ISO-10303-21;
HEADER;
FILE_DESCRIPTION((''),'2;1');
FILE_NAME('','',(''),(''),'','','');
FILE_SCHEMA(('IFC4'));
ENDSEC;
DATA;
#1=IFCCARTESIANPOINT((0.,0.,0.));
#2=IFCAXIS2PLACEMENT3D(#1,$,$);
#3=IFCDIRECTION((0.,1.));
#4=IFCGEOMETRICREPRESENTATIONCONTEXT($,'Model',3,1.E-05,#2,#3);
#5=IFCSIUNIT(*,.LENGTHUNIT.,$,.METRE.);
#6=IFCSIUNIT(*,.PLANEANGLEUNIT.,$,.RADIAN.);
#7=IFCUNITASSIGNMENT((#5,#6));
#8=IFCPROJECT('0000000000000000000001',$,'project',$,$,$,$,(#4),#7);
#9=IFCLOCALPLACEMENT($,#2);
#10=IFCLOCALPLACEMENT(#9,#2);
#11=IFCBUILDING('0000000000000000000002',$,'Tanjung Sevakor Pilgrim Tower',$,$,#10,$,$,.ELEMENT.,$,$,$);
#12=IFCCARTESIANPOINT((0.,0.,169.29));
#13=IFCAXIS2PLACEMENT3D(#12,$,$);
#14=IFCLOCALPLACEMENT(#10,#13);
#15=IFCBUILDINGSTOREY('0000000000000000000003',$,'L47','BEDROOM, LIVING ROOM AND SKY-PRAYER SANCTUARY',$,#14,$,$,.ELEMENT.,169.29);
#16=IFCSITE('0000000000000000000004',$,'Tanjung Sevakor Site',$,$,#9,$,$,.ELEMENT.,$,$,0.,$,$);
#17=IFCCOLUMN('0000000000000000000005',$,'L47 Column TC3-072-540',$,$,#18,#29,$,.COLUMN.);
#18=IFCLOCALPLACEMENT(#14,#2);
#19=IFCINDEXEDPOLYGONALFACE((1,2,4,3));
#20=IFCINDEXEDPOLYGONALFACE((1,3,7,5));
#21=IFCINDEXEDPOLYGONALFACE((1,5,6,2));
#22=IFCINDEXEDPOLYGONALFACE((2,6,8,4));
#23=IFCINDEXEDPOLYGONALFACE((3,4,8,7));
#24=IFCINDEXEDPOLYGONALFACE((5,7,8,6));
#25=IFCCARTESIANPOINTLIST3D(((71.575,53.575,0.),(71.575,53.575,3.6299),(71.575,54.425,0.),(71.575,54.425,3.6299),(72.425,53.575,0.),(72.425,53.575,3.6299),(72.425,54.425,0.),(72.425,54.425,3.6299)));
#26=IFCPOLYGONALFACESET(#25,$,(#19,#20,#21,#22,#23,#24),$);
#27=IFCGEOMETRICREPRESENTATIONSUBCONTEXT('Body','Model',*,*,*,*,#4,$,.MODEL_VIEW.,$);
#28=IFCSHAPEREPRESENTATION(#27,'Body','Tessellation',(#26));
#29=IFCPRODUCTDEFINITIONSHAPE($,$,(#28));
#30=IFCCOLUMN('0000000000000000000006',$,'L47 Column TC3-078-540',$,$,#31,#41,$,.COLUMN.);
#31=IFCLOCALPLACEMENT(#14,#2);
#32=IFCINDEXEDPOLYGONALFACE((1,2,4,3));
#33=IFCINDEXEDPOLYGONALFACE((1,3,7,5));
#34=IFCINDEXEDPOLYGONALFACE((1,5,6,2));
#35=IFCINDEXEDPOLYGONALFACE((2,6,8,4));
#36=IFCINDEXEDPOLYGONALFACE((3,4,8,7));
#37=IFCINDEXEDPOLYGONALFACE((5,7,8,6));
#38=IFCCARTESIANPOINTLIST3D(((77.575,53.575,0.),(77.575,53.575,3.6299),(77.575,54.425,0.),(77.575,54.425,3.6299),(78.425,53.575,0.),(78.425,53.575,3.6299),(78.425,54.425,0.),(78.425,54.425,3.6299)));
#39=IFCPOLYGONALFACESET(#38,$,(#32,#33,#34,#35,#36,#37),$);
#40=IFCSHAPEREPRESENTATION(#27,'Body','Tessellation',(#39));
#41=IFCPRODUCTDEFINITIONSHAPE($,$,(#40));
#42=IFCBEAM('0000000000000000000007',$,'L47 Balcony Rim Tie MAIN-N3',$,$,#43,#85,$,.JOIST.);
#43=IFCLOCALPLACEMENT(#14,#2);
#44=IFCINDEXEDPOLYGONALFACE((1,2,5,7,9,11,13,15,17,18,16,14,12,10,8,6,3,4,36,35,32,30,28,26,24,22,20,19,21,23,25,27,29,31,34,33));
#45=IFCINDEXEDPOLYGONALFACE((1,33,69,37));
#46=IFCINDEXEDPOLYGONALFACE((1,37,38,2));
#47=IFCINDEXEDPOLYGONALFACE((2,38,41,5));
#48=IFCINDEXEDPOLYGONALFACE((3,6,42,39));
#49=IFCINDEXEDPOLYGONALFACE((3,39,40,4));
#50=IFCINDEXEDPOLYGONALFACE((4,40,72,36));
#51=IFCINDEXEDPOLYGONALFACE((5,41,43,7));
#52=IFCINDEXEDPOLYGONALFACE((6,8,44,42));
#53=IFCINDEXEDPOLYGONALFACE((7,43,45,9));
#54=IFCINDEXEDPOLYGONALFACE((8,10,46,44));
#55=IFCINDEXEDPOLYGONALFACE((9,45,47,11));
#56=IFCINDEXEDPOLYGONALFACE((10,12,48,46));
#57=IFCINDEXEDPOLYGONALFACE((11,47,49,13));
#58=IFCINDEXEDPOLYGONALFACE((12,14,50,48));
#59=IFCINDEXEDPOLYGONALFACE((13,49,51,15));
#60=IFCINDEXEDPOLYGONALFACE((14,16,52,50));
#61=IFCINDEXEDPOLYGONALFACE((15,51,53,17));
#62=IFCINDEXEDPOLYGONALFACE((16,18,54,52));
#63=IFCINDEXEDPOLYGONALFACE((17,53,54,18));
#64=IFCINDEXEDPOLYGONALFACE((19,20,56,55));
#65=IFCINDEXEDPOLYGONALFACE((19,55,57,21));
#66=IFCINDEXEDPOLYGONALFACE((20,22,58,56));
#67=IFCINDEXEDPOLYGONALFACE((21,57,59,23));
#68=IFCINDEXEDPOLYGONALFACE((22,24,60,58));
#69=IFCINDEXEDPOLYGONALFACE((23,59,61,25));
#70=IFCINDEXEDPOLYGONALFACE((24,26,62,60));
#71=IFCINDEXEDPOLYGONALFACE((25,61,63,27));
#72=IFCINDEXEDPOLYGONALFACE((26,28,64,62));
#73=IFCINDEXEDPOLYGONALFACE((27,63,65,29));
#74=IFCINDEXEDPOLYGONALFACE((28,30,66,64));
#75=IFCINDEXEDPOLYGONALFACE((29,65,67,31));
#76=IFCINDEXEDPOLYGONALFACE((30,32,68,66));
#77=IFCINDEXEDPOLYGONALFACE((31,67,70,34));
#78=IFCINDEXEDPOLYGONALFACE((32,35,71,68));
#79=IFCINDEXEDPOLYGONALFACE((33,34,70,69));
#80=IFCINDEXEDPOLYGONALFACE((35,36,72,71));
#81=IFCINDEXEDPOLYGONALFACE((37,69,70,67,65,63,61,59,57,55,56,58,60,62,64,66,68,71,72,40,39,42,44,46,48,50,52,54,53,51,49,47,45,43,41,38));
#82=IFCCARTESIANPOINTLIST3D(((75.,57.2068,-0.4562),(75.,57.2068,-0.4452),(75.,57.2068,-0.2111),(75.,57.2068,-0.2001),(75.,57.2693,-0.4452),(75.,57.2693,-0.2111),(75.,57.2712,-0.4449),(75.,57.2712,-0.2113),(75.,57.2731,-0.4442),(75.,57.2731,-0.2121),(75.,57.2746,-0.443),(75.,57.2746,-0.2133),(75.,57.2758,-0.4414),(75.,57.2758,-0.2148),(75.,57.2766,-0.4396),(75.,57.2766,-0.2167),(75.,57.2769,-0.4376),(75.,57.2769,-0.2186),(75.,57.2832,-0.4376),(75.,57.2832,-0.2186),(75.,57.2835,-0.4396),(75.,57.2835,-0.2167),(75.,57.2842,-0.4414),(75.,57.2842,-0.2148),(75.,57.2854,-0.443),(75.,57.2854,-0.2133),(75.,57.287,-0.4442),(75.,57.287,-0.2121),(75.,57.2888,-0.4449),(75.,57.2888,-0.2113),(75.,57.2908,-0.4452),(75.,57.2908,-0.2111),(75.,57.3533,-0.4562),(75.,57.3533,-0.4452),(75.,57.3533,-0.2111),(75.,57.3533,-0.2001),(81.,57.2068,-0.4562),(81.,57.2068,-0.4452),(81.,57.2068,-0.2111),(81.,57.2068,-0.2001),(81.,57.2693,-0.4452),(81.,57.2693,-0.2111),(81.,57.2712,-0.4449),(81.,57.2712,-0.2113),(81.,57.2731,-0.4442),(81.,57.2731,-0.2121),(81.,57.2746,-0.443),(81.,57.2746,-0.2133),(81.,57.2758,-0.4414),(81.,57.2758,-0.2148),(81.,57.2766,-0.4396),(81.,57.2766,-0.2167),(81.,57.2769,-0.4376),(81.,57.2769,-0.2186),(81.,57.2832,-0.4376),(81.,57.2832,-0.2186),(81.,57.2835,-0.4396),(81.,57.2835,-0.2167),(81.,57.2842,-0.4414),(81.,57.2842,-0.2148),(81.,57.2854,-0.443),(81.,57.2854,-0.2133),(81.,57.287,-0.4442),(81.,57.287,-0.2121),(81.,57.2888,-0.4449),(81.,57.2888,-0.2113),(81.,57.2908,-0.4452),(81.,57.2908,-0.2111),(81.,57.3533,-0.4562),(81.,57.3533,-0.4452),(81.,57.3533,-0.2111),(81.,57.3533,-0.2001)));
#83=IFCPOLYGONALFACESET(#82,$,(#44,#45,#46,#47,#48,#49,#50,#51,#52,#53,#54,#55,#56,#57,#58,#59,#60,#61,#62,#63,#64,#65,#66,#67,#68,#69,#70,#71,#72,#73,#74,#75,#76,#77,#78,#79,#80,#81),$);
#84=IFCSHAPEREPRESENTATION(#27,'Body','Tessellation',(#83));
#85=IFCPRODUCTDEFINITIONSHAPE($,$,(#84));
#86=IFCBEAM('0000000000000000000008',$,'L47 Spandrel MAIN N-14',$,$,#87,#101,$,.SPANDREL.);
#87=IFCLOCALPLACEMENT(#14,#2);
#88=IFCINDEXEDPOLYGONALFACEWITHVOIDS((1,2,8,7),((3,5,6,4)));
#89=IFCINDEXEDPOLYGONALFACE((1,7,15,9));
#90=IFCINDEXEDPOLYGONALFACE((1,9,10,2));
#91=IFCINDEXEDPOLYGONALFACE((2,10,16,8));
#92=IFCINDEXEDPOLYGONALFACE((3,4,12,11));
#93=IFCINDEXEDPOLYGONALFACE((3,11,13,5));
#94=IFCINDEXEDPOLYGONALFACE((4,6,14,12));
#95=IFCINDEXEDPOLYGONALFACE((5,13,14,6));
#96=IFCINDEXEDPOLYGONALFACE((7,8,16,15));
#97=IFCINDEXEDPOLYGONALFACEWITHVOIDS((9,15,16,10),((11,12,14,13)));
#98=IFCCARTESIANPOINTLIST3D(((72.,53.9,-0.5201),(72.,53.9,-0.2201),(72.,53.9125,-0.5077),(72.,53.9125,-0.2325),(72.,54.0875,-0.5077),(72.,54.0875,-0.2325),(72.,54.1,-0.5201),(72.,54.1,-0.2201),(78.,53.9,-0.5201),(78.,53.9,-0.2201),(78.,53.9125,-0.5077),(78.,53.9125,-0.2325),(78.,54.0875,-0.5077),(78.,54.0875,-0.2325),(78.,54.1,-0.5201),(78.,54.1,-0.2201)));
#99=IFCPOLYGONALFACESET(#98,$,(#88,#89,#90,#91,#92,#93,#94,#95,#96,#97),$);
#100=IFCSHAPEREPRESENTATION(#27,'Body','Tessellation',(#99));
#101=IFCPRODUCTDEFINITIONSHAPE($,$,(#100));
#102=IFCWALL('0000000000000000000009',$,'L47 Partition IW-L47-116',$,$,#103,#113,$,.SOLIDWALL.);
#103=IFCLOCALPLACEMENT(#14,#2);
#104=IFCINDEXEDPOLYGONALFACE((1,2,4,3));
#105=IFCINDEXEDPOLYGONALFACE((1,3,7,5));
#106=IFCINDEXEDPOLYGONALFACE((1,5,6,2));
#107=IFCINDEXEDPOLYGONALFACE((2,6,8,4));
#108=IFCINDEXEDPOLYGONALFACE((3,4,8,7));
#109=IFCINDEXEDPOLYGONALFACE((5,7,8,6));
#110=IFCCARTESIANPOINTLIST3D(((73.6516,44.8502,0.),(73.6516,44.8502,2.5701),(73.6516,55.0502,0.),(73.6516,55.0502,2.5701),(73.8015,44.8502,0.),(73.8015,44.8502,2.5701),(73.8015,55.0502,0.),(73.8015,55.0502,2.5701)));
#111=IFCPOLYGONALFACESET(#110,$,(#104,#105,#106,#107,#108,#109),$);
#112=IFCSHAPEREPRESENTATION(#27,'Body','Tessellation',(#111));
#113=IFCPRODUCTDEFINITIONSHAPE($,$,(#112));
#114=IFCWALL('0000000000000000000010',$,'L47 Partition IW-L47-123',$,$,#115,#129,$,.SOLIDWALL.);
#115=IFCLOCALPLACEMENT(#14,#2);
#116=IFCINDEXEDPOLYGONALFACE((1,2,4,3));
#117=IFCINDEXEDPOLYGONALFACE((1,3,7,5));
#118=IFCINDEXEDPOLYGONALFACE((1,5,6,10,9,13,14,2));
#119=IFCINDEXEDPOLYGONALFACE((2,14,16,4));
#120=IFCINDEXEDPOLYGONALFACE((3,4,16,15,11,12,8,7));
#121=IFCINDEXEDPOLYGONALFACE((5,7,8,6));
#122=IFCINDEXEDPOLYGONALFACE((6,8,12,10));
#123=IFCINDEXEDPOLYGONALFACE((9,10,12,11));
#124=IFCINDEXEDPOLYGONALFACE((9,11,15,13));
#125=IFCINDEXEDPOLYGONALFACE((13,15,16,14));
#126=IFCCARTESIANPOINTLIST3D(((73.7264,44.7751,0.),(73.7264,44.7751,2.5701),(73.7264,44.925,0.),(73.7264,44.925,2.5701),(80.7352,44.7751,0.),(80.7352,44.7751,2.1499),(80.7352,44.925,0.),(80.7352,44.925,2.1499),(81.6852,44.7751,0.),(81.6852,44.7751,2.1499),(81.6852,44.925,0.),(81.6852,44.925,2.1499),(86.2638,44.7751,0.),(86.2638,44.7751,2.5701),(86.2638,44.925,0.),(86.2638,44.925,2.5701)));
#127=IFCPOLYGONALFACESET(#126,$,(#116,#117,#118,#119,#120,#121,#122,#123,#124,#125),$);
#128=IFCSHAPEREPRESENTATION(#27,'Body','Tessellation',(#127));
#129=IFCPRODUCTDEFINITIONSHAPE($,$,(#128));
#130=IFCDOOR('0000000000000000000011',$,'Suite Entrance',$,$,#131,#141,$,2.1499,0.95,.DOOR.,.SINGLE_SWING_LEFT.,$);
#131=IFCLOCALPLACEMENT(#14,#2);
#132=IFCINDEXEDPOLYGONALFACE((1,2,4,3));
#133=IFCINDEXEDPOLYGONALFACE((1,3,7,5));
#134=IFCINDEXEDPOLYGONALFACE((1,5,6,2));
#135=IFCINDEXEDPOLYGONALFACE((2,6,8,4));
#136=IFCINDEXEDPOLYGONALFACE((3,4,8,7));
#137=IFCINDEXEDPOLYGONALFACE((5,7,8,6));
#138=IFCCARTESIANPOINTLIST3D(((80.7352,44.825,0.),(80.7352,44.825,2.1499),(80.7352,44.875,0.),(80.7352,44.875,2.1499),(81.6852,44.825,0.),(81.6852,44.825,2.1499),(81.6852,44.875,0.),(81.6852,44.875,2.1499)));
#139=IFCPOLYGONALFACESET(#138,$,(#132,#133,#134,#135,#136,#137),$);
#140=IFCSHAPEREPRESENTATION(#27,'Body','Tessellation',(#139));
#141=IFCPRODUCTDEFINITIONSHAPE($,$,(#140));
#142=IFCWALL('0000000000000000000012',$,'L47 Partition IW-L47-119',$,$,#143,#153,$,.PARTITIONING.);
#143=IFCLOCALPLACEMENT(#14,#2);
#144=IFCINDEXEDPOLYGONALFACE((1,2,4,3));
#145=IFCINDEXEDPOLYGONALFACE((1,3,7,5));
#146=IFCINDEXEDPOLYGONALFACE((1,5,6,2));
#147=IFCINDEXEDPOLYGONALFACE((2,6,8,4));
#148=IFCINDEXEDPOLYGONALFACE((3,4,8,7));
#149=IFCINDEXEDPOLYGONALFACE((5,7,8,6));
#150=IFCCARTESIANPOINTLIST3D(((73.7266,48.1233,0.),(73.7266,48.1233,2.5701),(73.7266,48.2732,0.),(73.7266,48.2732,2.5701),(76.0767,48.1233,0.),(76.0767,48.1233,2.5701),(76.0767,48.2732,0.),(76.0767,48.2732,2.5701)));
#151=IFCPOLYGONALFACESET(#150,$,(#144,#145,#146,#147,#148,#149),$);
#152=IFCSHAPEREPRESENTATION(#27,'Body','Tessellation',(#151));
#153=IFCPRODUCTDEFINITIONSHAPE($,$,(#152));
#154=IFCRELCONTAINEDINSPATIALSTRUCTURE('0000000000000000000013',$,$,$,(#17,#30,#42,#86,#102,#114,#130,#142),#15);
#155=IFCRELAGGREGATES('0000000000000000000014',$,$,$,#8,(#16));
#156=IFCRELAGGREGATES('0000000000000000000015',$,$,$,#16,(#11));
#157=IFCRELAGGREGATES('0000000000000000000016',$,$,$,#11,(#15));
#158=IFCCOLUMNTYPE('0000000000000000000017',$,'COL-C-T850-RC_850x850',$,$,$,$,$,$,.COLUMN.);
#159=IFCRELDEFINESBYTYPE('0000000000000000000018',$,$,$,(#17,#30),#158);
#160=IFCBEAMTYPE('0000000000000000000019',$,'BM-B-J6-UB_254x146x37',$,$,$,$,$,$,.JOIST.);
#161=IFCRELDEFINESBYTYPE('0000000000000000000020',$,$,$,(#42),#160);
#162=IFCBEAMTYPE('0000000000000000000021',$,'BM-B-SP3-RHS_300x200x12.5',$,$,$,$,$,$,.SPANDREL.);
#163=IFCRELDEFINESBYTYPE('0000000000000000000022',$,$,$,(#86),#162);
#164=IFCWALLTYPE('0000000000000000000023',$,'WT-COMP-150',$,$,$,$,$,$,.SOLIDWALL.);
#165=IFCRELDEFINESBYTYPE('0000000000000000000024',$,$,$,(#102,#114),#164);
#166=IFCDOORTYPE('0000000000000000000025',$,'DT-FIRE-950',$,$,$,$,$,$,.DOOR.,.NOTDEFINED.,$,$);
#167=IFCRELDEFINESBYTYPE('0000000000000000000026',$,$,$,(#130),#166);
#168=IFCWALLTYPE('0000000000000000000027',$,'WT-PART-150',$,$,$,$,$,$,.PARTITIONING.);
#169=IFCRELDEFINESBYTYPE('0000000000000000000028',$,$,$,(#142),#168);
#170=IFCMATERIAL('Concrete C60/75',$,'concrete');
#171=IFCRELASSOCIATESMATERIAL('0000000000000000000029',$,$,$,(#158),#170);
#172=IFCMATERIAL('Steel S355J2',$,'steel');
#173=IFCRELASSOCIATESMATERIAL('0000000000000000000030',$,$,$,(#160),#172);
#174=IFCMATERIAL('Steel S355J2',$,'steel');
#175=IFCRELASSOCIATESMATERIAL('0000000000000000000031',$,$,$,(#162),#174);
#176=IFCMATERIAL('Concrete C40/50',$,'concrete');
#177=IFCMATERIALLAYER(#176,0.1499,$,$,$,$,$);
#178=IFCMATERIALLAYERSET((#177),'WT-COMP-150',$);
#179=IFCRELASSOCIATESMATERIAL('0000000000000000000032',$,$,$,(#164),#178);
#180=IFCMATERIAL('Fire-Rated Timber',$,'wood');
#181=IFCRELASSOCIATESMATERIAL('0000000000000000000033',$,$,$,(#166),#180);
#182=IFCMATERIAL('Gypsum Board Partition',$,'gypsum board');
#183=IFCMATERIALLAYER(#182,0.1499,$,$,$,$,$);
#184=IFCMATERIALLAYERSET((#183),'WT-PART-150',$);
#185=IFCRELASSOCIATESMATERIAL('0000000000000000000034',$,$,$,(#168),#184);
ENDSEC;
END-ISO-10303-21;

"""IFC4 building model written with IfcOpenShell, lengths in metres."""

from ifc_helpers import new_model, si_unit, direction, frame, frame_2d, origin, origin_2d, place, context, subcontext, project, spatial, rectangle, hollow_rectangle, i_section, extrude, material, layer, layer_set, material_profile, profile_set, type_object, element, fill, save


model = new_model("IFC4")

# Units and contexts
model_context = context("Model", 3, precision=1e-05, world=origin(), true_north=direction((0.0, 1.0)))
body_context = subcontext(model_context, "Body", "Model", "MODEL_VIEW")
ifc_project = project(units=[si_unit("LENGTHUNIT", "METRE"), si_unit("PLANEANGLEUNIT", "RADIAN")], contexts=[model_context])

# Site, building, storey
site_placement = place(None, origin())
site = spatial("IfcSite", under=ifc_project, at=site_placement, Name="Tanjung Sevakor Site", CompositionType="ELEMENT", RefElevation=0.0)
building_placement = place(site_placement, origin())
building = spatial("IfcBuilding", under=site, at=building_placement, Name="Tanjung Sevakor Pilgrim Tower", CompositionType="ELEMENT")
storey_placement = place(building_placement, frame((0.0, 0.0, 169.29)))
storey = spatial("IfcBuildingStorey", under=building, at=storey_placement, Name="L47", Description="BEDROOM, LIVING ROOM AND SKY-PRAYER SANCTUARY", CompositionType="ELEMENT", Elevation=169.29)

# Columns
ifc_material_1 = material(Name="Concrete C60/75", Category="concrete")
ifc_material_profile_1 = material_profile(ifc_material_1, rectangle(XDim=0.8501, YDim=0.8501, at=origin_2d()))
ifc_profile_set_1 = profile_set([ifc_material_profile_1], Name="Concrete C60/75")
column_type = type_object("IfcColumnType", Name="COL-C-T850-RC_850x850", PredefinedType="COLUMN", material=ifc_profile_set_1)
for number, where, z_axis, x_axis, name in (
    (1, (72.0, 54.0, 0.0), (0.0, 0.0, 1.0), (1.0, 0.0, 0.0), "L47 Column TC3-072-540"),
    (2, (78.0, 54.0, 0.0), (0.0, 0.0, 1.0), (1.0, 0.0, 0.0), "L47 Column TC3-078-540"),
):
    element("IfcColumn", number, at=place(storey_placement, frame(where, z_axis=z_axis, x_axis=x_axis)), inside=storey, type_object=column_type, Name=name, PredefinedType="COLUMN", context=body_context, shape_type="SweptSolid", body=[
        extrude(rectangle(XDim=0.8501, YDim=0.8501, at=origin_2d()), origin(), (0.0, 0.0, 1.0), 3.6299),
    ])

# Beams
ifc_material_2 = material(Name="Steel S355J2", Category="steel")
ifc_material_profile_2 = material_profile(ifc_material_2, i_section(OverallWidth=0.1465, OverallDepth=0.2561, WebThickness=0.0063, FlangeThickness=0.011, FilletRadius=0.0076, at=origin_2d()))
ifc_profile_set_2 = profile_set([ifc_material_profile_2], Name="Steel S355J2")
beam_type_1 = type_object("IfcBeamType", Name="BM-B-J6-UB_254x146x37", PredefinedType="JOIST", material=ifc_profile_set_2)
beam_1_placement = place(storey_placement, frame((75.0, 57.28, -0.3281), z_axis=(1.0, 0.0, 0.0), x_axis=(0.0, 1.0, 0.0)))
element("IfcBeam", 3, at=beam_1_placement, inside=storey, type_object=beam_type_1, Name="L47 Balcony Rim Tie MAIN-N3", PredefinedType="JOIST", context=body_context, shape_type="SweptSolid", body=[
    extrude(i_section(OverallWidth=0.1465, OverallDepth=0.2561, WebThickness=0.0063, FlangeThickness=0.011, FilletRadius=0.0076, at=origin_2d()), origin(), (0.0, 0.0, 1.0), 6.0),
])
ifc_material_3 = material(Name="Steel S355J2", Category="steel")
ifc_material_profile_3 = material_profile(ifc_material_3, hollow_rectangle(XDim=0.2, YDim=0.3, WallThickness=0.0125, at=origin_2d()))
ifc_profile_set_3 = profile_set([ifc_material_profile_3], Name="Steel S355J2")
beam_type_2 = type_object("IfcBeamType", Name="BM-B-SP3-RHS_300x200x12.5", PredefinedType="SPANDREL", material=ifc_profile_set_3)
beam_2_placement = place(storey_placement, frame((72.0, 54.0, -0.3701), z_axis=(1.0, 0.0, 0.0), x_axis=(0.0, 1.0, 0.0)))
element("IfcBeam", 4, at=beam_2_placement, inside=storey, type_object=beam_type_2, Name="L47 Spandrel MAIN N-14", PredefinedType="SPANDREL", context=body_context, shape_type="SweptSolid", body=[
    extrude(hollow_rectangle(XDim=0.2, YDim=0.3, WallThickness=0.0125, at=origin_2d()), origin(), (0.0, 0.0, 1.0), 6.0),
])

# Wall
ifc_material_4 = material(Name="Concrete C40/50", Category="concrete")
ifc_layer_1 = layer(ifc_material_4, 0.1499)
ifc_layer_set_1 = layer_set([ifc_layer_1], Name="WT-COMP-150")
wall_type_1 = type_object("IfcWallType", Name="WT-COMP-150", PredefinedType="SOLIDWALL", material=ifc_layer_set_1)
wall_1_placement = place(storey_placement, frame((73.7266, 44.8501, 0.0), z_axis=(0.0, 0.0, 1.0), x_axis=(0.0, 1.0, 0.0)))
element("IfcWall", 5, at=wall_1_placement, inside=storey, type_object=wall_type_1, Name="L47 Partition IW-L47-116", PredefinedType="SOLIDWALL", context=body_context, shape_type="SweptSolid", body=[
    extrude(rectangle(XDim=10.2, YDim=0.1499, at=frame_2d((5.1001, 0.0))), origin(), (0.0, 0.0, 1.0), 2.5701),
])

# Wall, opening, door
wall_2_placement = place(storey_placement, frame((73.7266, 44.8501, 0.0), z_axis=(0.0, 0.0, 1.0), x_axis=(1.0, 0.0, 0.0)))
wall_2 = element("IfcWall", 6, at=wall_2_placement, inside=storey, type_object=wall_type_1, Name="L47 Partition IW-L47-123", PredefinedType="SOLIDWALL", context=body_context, shape_type="SweptSolid", body=[
    extrude(rectangle(XDim=12.5374, YDim=0.1499, at=frame_2d((6.2686, 0.0))), origin(), (0.0, 0.0, 1.0), 2.5701),
])
opening_1_placement = place(wall_2_placement, frame((7.0085, 0.0, 0.0)))
opening_1 = element("IfcOpeningElement", 7, at=opening_1_placement, cuts=wall_2, PredefinedType="OPENING", context=body_context, shape_type="SweptSolid", body=[
    extrude(rectangle(XDim=0.95, YDim=2.1499, at=frame_2d((0.4751, 1.075))), frame((0.0, 0.085, 0.0), z_axis=(0.0, -1.0, 0.0), x_axis=(1.0, 0.0, 0.0)), (0.0, 0.0, 1.0), 0.1699),
])
ifc_material_5 = material(Name="Fire-Rated Timber", Category="wood")
door_type_1 = type_object("IfcDoorType", Name="DT-FIRE-950", OperationType="NOTDEFINED", PredefinedType="DOOR", material=ifc_material_5)
door_1_placement = place(opening_1_placement, origin())
door_1 = element("IfcDoor", 8, at=door_1_placement, inside=storey, type_object=door_type_1, Name="Suite Entrance", OperationType="SINGLE_SWING_LEFT", OverallHeight=2.1499, OverallWidth=0.95, PredefinedType="DOOR", context=body_context, shape_type="SweptSolid", body=[
    extrude(rectangle(XDim=0.95, YDim=2.1499, at=frame_2d((0.4751, 1.075))), frame((0.0, 0.0249, 0.0), z_axis=(0.0, -1.0, 0.0), x_axis=(1.0, 0.0, 0.0)), (0.0, 0.0, 1.0), 0.05),
])
fill(opening_1, door_1)

# Wall
ifc_material_6 = material(Name="Gypsum Board Partition", Category="gypsum board")
ifc_layer_2 = layer(ifc_material_6, 0.1499)
ifc_layer_set_2 = layer_set([ifc_layer_2], Name="WT-PART-150")
wall_type_2 = type_object("IfcWallType", Name="WT-PART-150", PredefinedType="PARTITIONING", material=ifc_layer_set_2)
wall_3_placement = place(storey_placement, frame((73.7266, 48.1982, 0.0), z_axis=(0.0, 0.0, 1.0), x_axis=(1.0, 0.0, 0.0)))
element("IfcWall", 9, at=wall_3_placement, inside=storey, type_object=wall_type_2, Name="L47 Partition IW-L47-119", PredefinedType="PARTITIONING", context=body_context, shape_type="SweptSolid", body=[
    extrude(rectangle(XDim=2.3501, YDim=0.1499, at=frame_2d((1.175, 0.0))), origin(), (0.0, 0.0, 1.0), 2.5701),
])

save(model, "model.ifc")
